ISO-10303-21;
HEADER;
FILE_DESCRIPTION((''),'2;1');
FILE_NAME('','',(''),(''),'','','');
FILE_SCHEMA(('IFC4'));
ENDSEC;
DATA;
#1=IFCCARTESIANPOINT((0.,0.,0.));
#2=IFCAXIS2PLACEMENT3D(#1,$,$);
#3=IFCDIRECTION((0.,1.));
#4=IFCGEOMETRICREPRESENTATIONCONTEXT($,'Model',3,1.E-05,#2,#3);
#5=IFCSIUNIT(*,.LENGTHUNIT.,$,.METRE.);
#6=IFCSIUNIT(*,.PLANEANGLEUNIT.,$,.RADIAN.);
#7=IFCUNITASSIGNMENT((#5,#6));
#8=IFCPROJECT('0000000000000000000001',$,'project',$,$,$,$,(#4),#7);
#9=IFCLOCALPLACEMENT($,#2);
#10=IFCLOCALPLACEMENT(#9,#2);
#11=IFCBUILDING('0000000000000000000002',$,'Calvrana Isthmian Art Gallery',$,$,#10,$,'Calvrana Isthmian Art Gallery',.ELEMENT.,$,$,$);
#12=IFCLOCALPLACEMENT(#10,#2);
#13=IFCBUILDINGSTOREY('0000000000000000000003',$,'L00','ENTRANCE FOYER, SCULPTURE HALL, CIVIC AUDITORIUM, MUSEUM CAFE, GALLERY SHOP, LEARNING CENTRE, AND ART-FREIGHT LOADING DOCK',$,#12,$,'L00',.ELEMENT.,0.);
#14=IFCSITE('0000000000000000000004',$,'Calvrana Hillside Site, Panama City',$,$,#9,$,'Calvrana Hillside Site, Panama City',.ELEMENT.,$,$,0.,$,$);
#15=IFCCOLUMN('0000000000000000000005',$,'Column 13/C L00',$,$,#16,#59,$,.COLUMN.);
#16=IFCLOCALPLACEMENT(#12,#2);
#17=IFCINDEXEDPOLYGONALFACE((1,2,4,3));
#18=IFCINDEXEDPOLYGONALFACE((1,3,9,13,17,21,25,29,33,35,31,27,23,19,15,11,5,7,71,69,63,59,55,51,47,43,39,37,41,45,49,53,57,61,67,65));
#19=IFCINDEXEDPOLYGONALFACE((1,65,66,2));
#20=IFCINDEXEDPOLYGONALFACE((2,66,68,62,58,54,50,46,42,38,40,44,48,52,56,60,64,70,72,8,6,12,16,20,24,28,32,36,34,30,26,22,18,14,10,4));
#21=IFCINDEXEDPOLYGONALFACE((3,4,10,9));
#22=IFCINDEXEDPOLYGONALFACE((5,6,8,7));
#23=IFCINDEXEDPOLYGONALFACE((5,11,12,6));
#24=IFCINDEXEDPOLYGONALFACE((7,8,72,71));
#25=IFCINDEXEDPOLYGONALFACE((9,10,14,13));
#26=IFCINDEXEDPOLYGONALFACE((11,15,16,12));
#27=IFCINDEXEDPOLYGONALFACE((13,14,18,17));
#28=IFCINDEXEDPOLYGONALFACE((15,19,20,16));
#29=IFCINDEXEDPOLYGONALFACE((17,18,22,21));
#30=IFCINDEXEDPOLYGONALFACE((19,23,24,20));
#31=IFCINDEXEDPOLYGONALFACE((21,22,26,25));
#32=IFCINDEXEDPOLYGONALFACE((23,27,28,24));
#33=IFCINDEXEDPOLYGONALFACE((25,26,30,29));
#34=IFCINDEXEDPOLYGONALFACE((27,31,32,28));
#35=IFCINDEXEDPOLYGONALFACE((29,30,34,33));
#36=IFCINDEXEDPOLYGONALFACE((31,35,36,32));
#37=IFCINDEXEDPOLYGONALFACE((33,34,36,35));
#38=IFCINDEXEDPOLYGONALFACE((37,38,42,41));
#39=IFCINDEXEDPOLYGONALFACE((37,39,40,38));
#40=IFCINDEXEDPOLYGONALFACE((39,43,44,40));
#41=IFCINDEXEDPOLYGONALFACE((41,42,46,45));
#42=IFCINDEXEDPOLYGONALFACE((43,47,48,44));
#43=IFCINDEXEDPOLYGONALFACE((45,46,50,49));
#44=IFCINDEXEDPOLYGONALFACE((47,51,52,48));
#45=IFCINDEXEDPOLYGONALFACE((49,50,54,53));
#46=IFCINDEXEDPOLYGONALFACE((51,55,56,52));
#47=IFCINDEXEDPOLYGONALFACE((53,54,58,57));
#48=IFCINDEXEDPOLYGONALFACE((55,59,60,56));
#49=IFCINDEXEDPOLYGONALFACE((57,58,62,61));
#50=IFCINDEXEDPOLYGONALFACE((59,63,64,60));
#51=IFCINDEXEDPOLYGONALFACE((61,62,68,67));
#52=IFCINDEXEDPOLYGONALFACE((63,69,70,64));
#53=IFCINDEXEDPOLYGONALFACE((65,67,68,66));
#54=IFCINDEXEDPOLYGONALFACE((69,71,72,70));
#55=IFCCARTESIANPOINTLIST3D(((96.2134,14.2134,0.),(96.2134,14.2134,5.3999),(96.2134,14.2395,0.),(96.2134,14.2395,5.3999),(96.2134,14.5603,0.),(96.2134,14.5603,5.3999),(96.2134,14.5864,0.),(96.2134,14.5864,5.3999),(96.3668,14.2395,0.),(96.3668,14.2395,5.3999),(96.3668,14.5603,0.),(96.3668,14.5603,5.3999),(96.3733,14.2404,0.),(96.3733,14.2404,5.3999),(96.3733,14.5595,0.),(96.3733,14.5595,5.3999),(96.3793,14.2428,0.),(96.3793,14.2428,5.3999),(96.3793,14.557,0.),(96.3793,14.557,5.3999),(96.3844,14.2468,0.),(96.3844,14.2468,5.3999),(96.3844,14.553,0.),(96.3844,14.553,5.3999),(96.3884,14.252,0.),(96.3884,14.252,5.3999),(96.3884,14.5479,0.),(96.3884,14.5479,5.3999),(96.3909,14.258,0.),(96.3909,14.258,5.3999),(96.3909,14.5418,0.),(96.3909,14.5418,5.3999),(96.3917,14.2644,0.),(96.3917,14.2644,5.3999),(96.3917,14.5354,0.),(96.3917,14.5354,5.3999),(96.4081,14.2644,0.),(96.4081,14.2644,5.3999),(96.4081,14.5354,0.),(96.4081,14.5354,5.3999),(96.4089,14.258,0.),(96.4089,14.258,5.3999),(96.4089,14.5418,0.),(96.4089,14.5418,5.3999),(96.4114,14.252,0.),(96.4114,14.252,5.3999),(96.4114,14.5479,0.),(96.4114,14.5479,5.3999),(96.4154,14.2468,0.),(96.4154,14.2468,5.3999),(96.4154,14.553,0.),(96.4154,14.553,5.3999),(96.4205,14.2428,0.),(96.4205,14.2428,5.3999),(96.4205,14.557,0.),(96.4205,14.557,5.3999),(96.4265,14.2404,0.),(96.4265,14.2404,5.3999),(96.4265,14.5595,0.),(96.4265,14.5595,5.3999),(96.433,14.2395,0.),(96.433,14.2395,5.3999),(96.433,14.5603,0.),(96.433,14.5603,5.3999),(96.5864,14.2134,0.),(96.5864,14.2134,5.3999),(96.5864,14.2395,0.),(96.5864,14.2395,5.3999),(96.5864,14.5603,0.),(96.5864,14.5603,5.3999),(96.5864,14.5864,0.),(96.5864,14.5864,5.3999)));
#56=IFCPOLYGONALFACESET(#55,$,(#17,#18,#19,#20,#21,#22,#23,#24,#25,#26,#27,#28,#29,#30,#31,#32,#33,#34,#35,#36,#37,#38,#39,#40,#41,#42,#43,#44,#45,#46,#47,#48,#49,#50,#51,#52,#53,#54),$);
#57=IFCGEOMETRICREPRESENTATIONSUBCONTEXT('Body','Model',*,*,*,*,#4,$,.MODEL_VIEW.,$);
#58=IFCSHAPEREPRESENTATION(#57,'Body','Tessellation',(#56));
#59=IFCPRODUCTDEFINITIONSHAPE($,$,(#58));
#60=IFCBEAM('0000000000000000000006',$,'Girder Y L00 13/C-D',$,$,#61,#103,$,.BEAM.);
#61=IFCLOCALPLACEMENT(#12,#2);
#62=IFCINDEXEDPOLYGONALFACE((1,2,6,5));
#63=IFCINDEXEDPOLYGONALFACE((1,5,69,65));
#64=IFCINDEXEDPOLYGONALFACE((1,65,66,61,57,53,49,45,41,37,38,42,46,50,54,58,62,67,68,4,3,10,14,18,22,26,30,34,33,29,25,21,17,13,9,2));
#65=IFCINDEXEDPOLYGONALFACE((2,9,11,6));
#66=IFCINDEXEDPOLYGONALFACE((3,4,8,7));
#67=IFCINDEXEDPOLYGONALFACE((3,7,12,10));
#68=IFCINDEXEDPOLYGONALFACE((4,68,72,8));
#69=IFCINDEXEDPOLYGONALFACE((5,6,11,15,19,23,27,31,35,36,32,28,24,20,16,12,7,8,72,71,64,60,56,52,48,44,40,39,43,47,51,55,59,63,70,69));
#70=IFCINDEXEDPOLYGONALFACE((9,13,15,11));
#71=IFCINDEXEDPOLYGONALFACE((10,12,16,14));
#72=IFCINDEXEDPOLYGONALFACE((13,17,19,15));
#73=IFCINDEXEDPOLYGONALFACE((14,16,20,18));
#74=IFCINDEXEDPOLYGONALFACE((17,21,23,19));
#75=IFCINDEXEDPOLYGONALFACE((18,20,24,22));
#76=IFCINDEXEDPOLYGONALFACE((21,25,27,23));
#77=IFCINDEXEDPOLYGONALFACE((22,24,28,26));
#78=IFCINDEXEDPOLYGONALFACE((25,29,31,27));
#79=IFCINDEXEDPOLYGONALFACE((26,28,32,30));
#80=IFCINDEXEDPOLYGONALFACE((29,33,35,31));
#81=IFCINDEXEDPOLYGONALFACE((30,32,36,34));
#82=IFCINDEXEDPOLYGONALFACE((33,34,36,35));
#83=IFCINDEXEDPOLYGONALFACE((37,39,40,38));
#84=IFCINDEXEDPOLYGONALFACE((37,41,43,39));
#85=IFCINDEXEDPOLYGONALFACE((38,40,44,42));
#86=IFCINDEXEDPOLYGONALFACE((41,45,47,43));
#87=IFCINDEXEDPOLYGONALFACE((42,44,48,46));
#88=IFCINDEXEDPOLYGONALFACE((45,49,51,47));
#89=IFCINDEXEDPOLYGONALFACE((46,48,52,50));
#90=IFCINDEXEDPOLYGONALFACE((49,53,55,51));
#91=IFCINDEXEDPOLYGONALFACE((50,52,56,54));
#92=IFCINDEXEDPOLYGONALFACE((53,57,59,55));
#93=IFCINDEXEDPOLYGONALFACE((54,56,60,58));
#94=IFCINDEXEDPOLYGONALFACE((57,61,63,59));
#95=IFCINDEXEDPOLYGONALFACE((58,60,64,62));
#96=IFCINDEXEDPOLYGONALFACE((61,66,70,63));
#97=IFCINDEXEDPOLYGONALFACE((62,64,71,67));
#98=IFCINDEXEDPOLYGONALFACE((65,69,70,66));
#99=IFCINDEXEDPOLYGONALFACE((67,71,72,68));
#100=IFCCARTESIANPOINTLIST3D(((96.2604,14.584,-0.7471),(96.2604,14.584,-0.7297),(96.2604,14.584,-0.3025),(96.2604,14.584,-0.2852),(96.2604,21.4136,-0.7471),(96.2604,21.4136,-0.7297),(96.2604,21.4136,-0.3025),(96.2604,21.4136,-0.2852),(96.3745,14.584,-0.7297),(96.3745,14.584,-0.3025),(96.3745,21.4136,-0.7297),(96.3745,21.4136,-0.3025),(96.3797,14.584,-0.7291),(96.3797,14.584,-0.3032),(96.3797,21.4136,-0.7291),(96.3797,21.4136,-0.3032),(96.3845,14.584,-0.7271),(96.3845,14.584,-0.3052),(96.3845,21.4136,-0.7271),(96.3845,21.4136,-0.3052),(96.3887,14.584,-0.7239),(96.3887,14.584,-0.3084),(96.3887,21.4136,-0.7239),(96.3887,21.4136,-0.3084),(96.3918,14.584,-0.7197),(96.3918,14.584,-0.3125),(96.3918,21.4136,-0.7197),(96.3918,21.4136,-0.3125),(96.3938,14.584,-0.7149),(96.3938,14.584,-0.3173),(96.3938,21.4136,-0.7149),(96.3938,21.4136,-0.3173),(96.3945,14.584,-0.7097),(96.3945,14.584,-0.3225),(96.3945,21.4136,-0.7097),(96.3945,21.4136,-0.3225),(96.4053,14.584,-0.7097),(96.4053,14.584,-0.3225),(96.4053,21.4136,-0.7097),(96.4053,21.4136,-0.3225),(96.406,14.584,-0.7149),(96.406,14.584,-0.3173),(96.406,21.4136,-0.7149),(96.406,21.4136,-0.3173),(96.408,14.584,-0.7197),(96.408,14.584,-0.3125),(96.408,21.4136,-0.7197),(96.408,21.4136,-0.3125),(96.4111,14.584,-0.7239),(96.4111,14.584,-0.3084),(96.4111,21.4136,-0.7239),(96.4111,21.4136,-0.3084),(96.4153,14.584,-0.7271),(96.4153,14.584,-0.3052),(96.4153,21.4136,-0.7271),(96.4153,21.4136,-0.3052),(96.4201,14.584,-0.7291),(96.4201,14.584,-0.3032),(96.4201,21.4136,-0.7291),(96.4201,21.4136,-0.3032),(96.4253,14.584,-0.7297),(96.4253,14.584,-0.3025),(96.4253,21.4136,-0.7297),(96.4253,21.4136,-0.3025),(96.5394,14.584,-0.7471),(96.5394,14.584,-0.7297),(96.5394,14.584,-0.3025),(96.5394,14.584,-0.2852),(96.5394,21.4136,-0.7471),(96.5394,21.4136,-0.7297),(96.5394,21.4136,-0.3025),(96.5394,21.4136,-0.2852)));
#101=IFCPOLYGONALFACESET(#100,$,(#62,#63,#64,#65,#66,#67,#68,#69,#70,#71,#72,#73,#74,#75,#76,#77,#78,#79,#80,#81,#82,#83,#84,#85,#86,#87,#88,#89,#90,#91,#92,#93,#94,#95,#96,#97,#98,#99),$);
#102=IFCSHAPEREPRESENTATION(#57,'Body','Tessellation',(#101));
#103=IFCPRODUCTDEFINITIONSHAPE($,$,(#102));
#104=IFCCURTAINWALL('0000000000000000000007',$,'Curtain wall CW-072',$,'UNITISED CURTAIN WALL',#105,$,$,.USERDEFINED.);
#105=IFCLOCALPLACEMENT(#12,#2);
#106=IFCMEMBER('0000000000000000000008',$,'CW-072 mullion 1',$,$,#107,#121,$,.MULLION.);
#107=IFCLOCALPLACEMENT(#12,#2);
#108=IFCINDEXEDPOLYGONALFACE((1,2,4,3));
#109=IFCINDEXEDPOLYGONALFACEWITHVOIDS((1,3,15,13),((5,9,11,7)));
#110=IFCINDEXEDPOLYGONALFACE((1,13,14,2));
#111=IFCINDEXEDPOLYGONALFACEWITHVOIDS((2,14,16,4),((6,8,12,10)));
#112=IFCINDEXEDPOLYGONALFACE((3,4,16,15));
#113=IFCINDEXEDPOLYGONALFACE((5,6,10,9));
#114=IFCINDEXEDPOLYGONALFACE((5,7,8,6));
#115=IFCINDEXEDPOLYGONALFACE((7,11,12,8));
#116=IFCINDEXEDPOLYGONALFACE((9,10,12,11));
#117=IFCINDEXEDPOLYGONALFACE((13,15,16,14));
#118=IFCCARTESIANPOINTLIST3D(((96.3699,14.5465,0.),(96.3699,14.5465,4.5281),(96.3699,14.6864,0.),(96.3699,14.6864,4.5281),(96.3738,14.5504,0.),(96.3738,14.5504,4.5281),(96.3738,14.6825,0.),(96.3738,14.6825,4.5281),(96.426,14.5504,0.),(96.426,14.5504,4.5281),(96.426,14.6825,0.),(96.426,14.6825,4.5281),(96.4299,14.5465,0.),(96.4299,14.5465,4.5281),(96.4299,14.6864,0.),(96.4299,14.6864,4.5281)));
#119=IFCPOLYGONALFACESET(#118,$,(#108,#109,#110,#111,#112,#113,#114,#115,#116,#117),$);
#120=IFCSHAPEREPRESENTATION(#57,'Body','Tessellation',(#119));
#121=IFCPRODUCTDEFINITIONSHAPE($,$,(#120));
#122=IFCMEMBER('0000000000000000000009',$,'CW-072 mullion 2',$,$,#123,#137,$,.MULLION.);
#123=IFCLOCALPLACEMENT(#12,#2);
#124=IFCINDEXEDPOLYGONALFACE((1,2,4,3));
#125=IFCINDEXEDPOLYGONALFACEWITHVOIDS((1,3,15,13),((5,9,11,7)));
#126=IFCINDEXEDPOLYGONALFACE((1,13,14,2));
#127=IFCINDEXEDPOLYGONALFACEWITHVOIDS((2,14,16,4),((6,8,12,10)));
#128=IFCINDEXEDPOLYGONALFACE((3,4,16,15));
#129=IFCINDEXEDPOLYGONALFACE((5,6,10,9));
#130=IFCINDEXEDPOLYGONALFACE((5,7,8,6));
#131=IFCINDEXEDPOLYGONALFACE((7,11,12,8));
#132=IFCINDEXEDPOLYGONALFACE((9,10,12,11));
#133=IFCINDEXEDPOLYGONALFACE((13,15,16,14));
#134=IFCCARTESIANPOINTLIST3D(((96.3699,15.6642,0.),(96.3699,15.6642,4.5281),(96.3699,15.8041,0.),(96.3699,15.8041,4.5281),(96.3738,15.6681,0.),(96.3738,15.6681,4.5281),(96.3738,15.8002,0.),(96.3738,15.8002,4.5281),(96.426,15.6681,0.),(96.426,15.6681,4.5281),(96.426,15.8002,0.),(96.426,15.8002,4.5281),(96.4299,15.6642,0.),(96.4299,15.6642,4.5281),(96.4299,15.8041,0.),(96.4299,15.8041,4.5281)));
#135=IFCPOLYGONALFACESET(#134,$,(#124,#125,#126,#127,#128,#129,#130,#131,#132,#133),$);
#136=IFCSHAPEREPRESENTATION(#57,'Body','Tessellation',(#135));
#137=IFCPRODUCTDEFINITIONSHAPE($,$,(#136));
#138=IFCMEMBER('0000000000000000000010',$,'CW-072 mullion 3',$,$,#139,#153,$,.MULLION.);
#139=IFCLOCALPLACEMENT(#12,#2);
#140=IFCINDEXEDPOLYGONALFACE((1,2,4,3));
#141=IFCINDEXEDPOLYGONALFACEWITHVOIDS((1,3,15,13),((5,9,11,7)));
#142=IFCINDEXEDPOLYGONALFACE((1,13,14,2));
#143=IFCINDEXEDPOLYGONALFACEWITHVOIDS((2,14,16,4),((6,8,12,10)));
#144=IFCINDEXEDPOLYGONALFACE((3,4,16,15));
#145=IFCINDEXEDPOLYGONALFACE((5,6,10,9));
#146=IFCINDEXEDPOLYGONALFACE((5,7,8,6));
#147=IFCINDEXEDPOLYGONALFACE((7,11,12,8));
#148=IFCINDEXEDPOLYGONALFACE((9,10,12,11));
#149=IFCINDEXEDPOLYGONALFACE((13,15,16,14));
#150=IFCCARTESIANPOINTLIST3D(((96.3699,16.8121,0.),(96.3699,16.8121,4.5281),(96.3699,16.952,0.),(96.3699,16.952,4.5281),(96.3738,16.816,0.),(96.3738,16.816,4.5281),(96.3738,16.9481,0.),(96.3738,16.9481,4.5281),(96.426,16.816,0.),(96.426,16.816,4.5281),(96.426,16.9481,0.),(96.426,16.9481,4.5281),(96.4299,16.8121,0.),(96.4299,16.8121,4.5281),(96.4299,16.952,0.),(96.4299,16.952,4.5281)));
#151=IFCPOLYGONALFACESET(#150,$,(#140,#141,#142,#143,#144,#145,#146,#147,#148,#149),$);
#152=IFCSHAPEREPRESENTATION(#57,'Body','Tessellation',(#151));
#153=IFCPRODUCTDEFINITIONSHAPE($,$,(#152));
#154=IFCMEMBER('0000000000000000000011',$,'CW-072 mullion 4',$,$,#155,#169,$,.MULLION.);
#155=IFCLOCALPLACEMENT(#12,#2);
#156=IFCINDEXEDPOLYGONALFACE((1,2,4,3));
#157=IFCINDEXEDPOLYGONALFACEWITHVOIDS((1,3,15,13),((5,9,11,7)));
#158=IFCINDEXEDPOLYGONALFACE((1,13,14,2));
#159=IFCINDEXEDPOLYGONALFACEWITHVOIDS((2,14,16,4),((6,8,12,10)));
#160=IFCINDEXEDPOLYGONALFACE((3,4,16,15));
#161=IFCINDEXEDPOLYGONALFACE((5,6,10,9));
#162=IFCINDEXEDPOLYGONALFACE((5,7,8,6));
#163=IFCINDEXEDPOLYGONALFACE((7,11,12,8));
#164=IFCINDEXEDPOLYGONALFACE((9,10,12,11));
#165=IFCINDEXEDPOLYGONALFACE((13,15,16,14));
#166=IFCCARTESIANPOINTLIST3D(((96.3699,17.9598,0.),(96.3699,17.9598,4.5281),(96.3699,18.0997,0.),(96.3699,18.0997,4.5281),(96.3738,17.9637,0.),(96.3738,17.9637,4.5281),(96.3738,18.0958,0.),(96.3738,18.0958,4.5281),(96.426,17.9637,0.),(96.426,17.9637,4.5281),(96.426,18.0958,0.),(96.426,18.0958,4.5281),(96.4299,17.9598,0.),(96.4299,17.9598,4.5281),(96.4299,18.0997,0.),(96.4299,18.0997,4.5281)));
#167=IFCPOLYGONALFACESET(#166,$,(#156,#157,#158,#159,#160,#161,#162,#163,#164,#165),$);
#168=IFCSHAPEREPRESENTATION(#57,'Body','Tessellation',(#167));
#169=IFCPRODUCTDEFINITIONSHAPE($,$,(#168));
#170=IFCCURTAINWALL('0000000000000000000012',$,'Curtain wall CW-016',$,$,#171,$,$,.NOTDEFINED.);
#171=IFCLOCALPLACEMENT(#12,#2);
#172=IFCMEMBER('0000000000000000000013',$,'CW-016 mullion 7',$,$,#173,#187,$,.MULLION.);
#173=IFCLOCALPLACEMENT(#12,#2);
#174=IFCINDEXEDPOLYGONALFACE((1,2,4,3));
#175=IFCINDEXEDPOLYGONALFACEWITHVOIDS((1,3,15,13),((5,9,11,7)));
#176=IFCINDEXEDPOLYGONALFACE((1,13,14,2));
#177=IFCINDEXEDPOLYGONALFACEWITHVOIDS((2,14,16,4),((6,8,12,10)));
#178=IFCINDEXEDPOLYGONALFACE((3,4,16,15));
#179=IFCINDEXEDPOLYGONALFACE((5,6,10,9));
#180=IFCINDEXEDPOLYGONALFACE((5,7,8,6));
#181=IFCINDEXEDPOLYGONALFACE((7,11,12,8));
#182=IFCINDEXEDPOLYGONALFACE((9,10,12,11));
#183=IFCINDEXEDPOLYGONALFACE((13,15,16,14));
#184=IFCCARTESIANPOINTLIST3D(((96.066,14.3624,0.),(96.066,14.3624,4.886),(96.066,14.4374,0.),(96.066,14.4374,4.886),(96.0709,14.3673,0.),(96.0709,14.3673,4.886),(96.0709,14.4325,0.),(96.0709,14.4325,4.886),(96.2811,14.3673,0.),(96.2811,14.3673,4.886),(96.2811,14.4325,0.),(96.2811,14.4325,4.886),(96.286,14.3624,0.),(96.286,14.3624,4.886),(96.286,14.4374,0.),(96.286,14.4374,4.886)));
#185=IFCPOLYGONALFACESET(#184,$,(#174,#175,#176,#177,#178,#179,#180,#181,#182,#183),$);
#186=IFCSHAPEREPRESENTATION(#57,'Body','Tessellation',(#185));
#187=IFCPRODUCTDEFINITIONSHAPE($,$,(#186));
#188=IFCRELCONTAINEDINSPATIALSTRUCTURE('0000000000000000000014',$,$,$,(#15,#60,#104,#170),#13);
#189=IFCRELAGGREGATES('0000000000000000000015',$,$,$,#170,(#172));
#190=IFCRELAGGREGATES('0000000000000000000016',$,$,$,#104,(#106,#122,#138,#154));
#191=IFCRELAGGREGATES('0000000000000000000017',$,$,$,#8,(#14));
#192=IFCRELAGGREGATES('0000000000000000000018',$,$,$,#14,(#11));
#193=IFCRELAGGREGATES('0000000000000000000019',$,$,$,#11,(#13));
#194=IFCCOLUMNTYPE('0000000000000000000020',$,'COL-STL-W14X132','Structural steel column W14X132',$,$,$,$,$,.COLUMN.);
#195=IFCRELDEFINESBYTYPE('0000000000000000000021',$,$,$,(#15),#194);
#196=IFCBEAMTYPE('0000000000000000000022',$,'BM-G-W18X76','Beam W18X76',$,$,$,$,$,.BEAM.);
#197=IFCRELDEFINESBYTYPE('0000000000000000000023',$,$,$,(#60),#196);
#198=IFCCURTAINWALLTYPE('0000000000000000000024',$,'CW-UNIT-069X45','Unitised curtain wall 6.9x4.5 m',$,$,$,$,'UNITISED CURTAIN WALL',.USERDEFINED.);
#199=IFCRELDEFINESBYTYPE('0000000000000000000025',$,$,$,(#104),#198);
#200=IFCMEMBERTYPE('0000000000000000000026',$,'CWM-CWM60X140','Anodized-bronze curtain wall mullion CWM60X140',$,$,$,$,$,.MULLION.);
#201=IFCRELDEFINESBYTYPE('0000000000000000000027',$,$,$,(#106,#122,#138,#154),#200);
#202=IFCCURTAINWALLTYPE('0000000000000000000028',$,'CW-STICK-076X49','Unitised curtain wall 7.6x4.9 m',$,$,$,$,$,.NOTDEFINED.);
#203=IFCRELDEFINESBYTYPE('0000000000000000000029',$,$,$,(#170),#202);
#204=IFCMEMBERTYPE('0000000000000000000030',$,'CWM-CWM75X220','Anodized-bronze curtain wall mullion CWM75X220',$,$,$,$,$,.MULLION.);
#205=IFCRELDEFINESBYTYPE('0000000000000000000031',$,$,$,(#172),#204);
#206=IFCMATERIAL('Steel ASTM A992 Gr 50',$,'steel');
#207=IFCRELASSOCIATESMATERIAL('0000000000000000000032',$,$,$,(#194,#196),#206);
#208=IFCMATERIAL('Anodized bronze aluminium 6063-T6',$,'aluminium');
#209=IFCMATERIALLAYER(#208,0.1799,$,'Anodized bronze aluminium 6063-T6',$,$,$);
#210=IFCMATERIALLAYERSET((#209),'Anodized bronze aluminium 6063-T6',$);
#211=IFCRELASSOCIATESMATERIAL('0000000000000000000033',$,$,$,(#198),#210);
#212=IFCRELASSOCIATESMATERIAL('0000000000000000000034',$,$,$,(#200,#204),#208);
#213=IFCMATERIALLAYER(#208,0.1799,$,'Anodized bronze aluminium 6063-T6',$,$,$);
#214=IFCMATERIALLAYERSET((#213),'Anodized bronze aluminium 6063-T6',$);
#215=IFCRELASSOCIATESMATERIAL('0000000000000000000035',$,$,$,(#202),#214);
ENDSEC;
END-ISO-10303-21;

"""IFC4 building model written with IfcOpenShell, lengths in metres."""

from ifc_helpers import new_model, si_unit, direction, frame, origin, origin_2d, place, context, subcontext, project, spatial, hollow_rectangle, i_section, extrude, material, layer, layer_set, material_profile, profile_set, type_object, element, aggregate, save


model = new_model("IFC4")

# Units and contexts
model_context = context("Model", 3, precision=1e-05, world=origin(), true_north=direction((0.0, 1.0)))
body_context = subcontext(model_context, "Body", "Model", "MODEL_VIEW")
ifc_project = project(units=[si_unit("LENGTHUNIT", "METRE"), si_unit("PLANEANGLEUNIT", "RADIAN")], contexts=[model_context])

# Site, building, storey
site_placement = place(None, origin())
site = spatial("IfcSite", under=ifc_project, at=site_placement, Name="Calvrana Hillside Site, Panama City", LongName="Calvrana Hillside Site, Panama City", CompositionType="ELEMENT", RefElevation=0.0)
building_placement = place(site_placement, origin())
building = spatial("IfcBuilding", under=site, at=building_placement, Name="Calvrana Isthmian Art Gallery", LongName="Calvrana Isthmian Art Gallery", CompositionType="ELEMENT")
storey_placement = place(building_placement, origin())
storey = spatial("IfcBuildingStorey", under=building, at=storey_placement, Name="L00", Description="ENTRANCE FOYER, SCULPTURE HALL, CIVIC AUDITORIUM, MUSEUM CAFE, GALLERY SHOP, LEARNING CENTRE, AND ART-FREIGHT LOADING DOCK", LongName="L00", CompositionType="ELEMENT", Elevation=0.0)

# Column
ifc_material_1 = material(Name="Steel ASTM A992 Gr 50", Category="steel")
ifc_material_profile_1 = material_profile(ifc_material_1, i_section(OverallWidth=0.373, OverallDepth=0.373, WebThickness=0.0164, FlangeThickness=0.0261, FilletRadius=0.0249, at=origin_2d()), Name="W14X132")
ifc_profile_set_1 = profile_set([ifc_material_profile_1], Name="Steel ASTM A992 Gr 50")
column_type = type_object("IfcColumnType", Name="COL-STL-W14X132", Description="Structural steel column W14X132", PredefinedType="COLUMN", material=ifc_profile_set_1)
column_placement = place(storey_placement, frame((96.3999, 14.3999, 0.0), z_axis=(0.0, 0.0, 1.0), x_axis=(1.0, 0.0, 0.0)))
element("IfcColumn", 1, at=column_placement, inside=storey, type_object=column_type, Name="Column 13/C L00", PredefinedType="COLUMN", context=body_context, shape_type="SweptSolid", body=[
    extrude(i_section(OverallWidth=0.373, OverallDepth=0.373, WebThickness=0.0164, FlangeThickness=0.0261, FilletRadius=0.0249, at=origin_2d()), origin(), (0.0, 0.0, 1.0), 5.3999),
])

# Beam
ifc_material_profile_2 = material_profile(ifc_material_1, i_section(OverallWidth=0.2791, OverallDepth=0.4619, WebThickness=0.0107, FlangeThickness=0.0173, FilletRadius=0.02, at=origin_2d()), Name="W18X76")
ifc_profile_set_2 = profile_set([ifc_material_profile_2], Name="Steel ASTM A992 Gr 50")
beam_type = type_object("IfcBeamType", Name="BM-G-W18X76", Description="Beam W18X76", PredefinedType="BEAM", material=ifc_profile_set_2)
beam_placement = place(storey_placement, frame((96.3999, 14.584, -0.5161), z_axis=(0.0, 1.0, 0.0), x_axis=(-1.0, 0.0, 0.0)))
element("IfcBeam", 2, at=beam_placement, inside=storey, type_object=beam_type, Name="Girder Y L00 13/C-D", PredefinedType="BEAM", context=body_context, shape_type="SweptSolid", body=[
    extrude(i_section(OverallWidth=0.2791, OverallDepth=0.4619, WebThickness=0.0107, FlangeThickness=0.0173, FilletRadius=0.02, at=origin_2d()), origin(), (0.0, 0.0, 1.0), 6.8296),
])

# Curtain walls, members
ifc_material_2 = material(Name="Anodized bronze aluminium 6063-T6", Category="aluminium")
ifc_layer_1 = layer(ifc_material_2, 0.1799, Name="Anodized bronze aluminium 6063-T6")
ifc_layer_set_1 = layer_set([ifc_layer_1], Name="Anodized bronze aluminium 6063-T6")
curtain_wall_type_1 = type_object("IfcCurtainWallType", Name="CW-UNIT-069X45", Description="Unitised curtain wall 6.9x4.5 m", ElementType="UNITISED CURTAIN WALL", PredefinedType="USERDEFINED", material=ifc_layer_set_1)
curtain_wall_1_placement = place(storey_placement, origin())
curtain_wall_1 = element("IfcCurtainWall", 3, at=curtain_wall_1_placement, inside=storey, type_object=curtain_wall_type_1, Name="Curtain wall CW-072", ObjectType="UNITISED CURTAIN WALL", PredefinedType="USERDEFINED")
ifc_material_profile_3 = material_profile(ifc_material_2, hollow_rectangle(XDim=0.0601, YDim=0.1399, WallThickness=0.0039, at=origin_2d()), Name="CWM60X140")
ifc_profile_set_3 = profile_set([ifc_material_profile_3], Name="Anodized bronze aluminium 6063-T6")
member_type_1 = type_object("IfcMemberType", Name="CWM-CWM60X140", Description="Anodized-bronze curtain wall mullion CWM60X140", PredefinedType="MULLION", material=ifc_profile_set_3)
member_1_placement = place(storey_placement, frame((96.3999, 14.6165, 0.0), z_axis=(0.0, 0.0, 1.0), x_axis=(-1.0, 0.0, 0.0)))
member_1 = element("IfcMember", 4, at=member_1_placement, type_object=member_type_1, Name="CW-072 mullion 1", PredefinedType="MULLION", context=body_context, shape_type="SweptSolid", body=[
    extrude(hollow_rectangle(XDim=0.0601, YDim=0.1399, WallThickness=0.0039, at=origin_2d()), origin(), (0.0, 0.0, 1.0), 4.5281),
])
member_2_placement = place(storey_placement, frame((96.3999, 15.7341, 0.0), z_axis=(0.0, 0.0, 1.0), x_axis=(-1.0, 0.0, 0.0)))
member_2 = element("IfcMember", 5, at=member_2_placement, type_object=member_type_1, Name="CW-072 mullion 2", PredefinedType="MULLION", context=body_context, shape_type="SweptSolid", body=[
    extrude(hollow_rectangle(XDim=0.0601, YDim=0.1399, WallThickness=0.0039, at=origin_2d()), origin(), (0.0, 0.0, 1.0), 4.5281),
])
member_3_placement = place(storey_placement, frame((96.3999, 16.8821, 0.0), z_axis=(0.0, 0.0, 1.0), x_axis=(-1.0, 0.0, 0.0)))
member_3 = element("IfcMember", 6, at=member_3_placement, type_object=member_type_1, Name="CW-072 mullion 3", PredefinedType="MULLION", context=body_context, shape_type="SweptSolid", body=[
    extrude(hollow_rectangle(XDim=0.0601, YDim=0.1399, WallThickness=0.0039, at=origin_2d()), origin(), (0.0, 0.0, 1.0), 4.5281),
])
member_4_placement = place(storey_placement, frame((96.3999, 18.0298, 0.0), z_axis=(0.0, 0.0, 1.0), x_axis=(-1.0, 0.0, 0.0)))
member_4 = element("IfcMember", 7, at=member_4_placement, type_object=member_type_1, Name="CW-072 mullion 4", PredefinedType="MULLION", context=body_context, shape_type="SweptSolid", body=[
    extrude(hollow_rectangle(XDim=0.0601, YDim=0.1399, WallThickness=0.0039, at=origin_2d()), origin(), (0.0, 0.0, 1.0), 4.5281),
])
ifc_layer_2 = layer(ifc_material_2, 0.1799, Name="Anodized bronze aluminium 6063-T6")
ifc_layer_set_2 = layer_set([ifc_layer_2], Name="Anodized bronze aluminium 6063-T6")
curtain_wall_type_2 = type_object("IfcCurtainWallType", Name="CW-STICK-076X49", Description="Unitised curtain wall 7.6x4.9 m", PredefinedType="NOTDEFINED", material=ifc_layer_set_2)
curtain_wall_2_placement = place(storey_placement, origin())
curtain_wall_2 = element("IfcCurtainWall", 8, at=curtain_wall_2_placement, inside=storey, type_object=curtain_wall_type_2, Name="Curtain wall CW-016", PredefinedType="NOTDEFINED")
ifc_material_profile_4 = material_profile(ifc_material_2, hollow_rectangle(XDim=0.075, YDim=0.22, WallThickness=0.0049, at=origin_2d()), Name="CWM75X220")
ifc_profile_set_4 = profile_set([ifc_material_profile_4], Name="Anodized bronze aluminium 6063-T6")
member_type_2 = type_object("IfcMemberType", Name="CWM-CWM75X220", Description="Anodized-bronze curtain wall mullion CWM75X220", PredefinedType="MULLION", material=ifc_profile_set_4)
member_5_placement = place(storey_placement, frame((96.176, 14.3999, 0.0), z_axis=(0.0, 0.0, 1.0), x_axis=(0.0, 1.0, 0.0)))
member_5 = element("IfcMember", 9, at=member_5_placement, type_object=member_type_2, Name="CW-016 mullion 7", PredefinedType="MULLION", context=body_context, shape_type="SweptSolid", body=[
    extrude(hollow_rectangle(XDim=0.075, YDim=0.22, WallThickness=0.0049, at=origin_2d()), origin(), (0.0, 0.0, 1.0), 4.886),
])

aggregate(curtain_wall_2, [member_5])
aggregate(curtain_wall_1, [member_1, member_2, member_3, member_4])

save(model, "model.ifc")
